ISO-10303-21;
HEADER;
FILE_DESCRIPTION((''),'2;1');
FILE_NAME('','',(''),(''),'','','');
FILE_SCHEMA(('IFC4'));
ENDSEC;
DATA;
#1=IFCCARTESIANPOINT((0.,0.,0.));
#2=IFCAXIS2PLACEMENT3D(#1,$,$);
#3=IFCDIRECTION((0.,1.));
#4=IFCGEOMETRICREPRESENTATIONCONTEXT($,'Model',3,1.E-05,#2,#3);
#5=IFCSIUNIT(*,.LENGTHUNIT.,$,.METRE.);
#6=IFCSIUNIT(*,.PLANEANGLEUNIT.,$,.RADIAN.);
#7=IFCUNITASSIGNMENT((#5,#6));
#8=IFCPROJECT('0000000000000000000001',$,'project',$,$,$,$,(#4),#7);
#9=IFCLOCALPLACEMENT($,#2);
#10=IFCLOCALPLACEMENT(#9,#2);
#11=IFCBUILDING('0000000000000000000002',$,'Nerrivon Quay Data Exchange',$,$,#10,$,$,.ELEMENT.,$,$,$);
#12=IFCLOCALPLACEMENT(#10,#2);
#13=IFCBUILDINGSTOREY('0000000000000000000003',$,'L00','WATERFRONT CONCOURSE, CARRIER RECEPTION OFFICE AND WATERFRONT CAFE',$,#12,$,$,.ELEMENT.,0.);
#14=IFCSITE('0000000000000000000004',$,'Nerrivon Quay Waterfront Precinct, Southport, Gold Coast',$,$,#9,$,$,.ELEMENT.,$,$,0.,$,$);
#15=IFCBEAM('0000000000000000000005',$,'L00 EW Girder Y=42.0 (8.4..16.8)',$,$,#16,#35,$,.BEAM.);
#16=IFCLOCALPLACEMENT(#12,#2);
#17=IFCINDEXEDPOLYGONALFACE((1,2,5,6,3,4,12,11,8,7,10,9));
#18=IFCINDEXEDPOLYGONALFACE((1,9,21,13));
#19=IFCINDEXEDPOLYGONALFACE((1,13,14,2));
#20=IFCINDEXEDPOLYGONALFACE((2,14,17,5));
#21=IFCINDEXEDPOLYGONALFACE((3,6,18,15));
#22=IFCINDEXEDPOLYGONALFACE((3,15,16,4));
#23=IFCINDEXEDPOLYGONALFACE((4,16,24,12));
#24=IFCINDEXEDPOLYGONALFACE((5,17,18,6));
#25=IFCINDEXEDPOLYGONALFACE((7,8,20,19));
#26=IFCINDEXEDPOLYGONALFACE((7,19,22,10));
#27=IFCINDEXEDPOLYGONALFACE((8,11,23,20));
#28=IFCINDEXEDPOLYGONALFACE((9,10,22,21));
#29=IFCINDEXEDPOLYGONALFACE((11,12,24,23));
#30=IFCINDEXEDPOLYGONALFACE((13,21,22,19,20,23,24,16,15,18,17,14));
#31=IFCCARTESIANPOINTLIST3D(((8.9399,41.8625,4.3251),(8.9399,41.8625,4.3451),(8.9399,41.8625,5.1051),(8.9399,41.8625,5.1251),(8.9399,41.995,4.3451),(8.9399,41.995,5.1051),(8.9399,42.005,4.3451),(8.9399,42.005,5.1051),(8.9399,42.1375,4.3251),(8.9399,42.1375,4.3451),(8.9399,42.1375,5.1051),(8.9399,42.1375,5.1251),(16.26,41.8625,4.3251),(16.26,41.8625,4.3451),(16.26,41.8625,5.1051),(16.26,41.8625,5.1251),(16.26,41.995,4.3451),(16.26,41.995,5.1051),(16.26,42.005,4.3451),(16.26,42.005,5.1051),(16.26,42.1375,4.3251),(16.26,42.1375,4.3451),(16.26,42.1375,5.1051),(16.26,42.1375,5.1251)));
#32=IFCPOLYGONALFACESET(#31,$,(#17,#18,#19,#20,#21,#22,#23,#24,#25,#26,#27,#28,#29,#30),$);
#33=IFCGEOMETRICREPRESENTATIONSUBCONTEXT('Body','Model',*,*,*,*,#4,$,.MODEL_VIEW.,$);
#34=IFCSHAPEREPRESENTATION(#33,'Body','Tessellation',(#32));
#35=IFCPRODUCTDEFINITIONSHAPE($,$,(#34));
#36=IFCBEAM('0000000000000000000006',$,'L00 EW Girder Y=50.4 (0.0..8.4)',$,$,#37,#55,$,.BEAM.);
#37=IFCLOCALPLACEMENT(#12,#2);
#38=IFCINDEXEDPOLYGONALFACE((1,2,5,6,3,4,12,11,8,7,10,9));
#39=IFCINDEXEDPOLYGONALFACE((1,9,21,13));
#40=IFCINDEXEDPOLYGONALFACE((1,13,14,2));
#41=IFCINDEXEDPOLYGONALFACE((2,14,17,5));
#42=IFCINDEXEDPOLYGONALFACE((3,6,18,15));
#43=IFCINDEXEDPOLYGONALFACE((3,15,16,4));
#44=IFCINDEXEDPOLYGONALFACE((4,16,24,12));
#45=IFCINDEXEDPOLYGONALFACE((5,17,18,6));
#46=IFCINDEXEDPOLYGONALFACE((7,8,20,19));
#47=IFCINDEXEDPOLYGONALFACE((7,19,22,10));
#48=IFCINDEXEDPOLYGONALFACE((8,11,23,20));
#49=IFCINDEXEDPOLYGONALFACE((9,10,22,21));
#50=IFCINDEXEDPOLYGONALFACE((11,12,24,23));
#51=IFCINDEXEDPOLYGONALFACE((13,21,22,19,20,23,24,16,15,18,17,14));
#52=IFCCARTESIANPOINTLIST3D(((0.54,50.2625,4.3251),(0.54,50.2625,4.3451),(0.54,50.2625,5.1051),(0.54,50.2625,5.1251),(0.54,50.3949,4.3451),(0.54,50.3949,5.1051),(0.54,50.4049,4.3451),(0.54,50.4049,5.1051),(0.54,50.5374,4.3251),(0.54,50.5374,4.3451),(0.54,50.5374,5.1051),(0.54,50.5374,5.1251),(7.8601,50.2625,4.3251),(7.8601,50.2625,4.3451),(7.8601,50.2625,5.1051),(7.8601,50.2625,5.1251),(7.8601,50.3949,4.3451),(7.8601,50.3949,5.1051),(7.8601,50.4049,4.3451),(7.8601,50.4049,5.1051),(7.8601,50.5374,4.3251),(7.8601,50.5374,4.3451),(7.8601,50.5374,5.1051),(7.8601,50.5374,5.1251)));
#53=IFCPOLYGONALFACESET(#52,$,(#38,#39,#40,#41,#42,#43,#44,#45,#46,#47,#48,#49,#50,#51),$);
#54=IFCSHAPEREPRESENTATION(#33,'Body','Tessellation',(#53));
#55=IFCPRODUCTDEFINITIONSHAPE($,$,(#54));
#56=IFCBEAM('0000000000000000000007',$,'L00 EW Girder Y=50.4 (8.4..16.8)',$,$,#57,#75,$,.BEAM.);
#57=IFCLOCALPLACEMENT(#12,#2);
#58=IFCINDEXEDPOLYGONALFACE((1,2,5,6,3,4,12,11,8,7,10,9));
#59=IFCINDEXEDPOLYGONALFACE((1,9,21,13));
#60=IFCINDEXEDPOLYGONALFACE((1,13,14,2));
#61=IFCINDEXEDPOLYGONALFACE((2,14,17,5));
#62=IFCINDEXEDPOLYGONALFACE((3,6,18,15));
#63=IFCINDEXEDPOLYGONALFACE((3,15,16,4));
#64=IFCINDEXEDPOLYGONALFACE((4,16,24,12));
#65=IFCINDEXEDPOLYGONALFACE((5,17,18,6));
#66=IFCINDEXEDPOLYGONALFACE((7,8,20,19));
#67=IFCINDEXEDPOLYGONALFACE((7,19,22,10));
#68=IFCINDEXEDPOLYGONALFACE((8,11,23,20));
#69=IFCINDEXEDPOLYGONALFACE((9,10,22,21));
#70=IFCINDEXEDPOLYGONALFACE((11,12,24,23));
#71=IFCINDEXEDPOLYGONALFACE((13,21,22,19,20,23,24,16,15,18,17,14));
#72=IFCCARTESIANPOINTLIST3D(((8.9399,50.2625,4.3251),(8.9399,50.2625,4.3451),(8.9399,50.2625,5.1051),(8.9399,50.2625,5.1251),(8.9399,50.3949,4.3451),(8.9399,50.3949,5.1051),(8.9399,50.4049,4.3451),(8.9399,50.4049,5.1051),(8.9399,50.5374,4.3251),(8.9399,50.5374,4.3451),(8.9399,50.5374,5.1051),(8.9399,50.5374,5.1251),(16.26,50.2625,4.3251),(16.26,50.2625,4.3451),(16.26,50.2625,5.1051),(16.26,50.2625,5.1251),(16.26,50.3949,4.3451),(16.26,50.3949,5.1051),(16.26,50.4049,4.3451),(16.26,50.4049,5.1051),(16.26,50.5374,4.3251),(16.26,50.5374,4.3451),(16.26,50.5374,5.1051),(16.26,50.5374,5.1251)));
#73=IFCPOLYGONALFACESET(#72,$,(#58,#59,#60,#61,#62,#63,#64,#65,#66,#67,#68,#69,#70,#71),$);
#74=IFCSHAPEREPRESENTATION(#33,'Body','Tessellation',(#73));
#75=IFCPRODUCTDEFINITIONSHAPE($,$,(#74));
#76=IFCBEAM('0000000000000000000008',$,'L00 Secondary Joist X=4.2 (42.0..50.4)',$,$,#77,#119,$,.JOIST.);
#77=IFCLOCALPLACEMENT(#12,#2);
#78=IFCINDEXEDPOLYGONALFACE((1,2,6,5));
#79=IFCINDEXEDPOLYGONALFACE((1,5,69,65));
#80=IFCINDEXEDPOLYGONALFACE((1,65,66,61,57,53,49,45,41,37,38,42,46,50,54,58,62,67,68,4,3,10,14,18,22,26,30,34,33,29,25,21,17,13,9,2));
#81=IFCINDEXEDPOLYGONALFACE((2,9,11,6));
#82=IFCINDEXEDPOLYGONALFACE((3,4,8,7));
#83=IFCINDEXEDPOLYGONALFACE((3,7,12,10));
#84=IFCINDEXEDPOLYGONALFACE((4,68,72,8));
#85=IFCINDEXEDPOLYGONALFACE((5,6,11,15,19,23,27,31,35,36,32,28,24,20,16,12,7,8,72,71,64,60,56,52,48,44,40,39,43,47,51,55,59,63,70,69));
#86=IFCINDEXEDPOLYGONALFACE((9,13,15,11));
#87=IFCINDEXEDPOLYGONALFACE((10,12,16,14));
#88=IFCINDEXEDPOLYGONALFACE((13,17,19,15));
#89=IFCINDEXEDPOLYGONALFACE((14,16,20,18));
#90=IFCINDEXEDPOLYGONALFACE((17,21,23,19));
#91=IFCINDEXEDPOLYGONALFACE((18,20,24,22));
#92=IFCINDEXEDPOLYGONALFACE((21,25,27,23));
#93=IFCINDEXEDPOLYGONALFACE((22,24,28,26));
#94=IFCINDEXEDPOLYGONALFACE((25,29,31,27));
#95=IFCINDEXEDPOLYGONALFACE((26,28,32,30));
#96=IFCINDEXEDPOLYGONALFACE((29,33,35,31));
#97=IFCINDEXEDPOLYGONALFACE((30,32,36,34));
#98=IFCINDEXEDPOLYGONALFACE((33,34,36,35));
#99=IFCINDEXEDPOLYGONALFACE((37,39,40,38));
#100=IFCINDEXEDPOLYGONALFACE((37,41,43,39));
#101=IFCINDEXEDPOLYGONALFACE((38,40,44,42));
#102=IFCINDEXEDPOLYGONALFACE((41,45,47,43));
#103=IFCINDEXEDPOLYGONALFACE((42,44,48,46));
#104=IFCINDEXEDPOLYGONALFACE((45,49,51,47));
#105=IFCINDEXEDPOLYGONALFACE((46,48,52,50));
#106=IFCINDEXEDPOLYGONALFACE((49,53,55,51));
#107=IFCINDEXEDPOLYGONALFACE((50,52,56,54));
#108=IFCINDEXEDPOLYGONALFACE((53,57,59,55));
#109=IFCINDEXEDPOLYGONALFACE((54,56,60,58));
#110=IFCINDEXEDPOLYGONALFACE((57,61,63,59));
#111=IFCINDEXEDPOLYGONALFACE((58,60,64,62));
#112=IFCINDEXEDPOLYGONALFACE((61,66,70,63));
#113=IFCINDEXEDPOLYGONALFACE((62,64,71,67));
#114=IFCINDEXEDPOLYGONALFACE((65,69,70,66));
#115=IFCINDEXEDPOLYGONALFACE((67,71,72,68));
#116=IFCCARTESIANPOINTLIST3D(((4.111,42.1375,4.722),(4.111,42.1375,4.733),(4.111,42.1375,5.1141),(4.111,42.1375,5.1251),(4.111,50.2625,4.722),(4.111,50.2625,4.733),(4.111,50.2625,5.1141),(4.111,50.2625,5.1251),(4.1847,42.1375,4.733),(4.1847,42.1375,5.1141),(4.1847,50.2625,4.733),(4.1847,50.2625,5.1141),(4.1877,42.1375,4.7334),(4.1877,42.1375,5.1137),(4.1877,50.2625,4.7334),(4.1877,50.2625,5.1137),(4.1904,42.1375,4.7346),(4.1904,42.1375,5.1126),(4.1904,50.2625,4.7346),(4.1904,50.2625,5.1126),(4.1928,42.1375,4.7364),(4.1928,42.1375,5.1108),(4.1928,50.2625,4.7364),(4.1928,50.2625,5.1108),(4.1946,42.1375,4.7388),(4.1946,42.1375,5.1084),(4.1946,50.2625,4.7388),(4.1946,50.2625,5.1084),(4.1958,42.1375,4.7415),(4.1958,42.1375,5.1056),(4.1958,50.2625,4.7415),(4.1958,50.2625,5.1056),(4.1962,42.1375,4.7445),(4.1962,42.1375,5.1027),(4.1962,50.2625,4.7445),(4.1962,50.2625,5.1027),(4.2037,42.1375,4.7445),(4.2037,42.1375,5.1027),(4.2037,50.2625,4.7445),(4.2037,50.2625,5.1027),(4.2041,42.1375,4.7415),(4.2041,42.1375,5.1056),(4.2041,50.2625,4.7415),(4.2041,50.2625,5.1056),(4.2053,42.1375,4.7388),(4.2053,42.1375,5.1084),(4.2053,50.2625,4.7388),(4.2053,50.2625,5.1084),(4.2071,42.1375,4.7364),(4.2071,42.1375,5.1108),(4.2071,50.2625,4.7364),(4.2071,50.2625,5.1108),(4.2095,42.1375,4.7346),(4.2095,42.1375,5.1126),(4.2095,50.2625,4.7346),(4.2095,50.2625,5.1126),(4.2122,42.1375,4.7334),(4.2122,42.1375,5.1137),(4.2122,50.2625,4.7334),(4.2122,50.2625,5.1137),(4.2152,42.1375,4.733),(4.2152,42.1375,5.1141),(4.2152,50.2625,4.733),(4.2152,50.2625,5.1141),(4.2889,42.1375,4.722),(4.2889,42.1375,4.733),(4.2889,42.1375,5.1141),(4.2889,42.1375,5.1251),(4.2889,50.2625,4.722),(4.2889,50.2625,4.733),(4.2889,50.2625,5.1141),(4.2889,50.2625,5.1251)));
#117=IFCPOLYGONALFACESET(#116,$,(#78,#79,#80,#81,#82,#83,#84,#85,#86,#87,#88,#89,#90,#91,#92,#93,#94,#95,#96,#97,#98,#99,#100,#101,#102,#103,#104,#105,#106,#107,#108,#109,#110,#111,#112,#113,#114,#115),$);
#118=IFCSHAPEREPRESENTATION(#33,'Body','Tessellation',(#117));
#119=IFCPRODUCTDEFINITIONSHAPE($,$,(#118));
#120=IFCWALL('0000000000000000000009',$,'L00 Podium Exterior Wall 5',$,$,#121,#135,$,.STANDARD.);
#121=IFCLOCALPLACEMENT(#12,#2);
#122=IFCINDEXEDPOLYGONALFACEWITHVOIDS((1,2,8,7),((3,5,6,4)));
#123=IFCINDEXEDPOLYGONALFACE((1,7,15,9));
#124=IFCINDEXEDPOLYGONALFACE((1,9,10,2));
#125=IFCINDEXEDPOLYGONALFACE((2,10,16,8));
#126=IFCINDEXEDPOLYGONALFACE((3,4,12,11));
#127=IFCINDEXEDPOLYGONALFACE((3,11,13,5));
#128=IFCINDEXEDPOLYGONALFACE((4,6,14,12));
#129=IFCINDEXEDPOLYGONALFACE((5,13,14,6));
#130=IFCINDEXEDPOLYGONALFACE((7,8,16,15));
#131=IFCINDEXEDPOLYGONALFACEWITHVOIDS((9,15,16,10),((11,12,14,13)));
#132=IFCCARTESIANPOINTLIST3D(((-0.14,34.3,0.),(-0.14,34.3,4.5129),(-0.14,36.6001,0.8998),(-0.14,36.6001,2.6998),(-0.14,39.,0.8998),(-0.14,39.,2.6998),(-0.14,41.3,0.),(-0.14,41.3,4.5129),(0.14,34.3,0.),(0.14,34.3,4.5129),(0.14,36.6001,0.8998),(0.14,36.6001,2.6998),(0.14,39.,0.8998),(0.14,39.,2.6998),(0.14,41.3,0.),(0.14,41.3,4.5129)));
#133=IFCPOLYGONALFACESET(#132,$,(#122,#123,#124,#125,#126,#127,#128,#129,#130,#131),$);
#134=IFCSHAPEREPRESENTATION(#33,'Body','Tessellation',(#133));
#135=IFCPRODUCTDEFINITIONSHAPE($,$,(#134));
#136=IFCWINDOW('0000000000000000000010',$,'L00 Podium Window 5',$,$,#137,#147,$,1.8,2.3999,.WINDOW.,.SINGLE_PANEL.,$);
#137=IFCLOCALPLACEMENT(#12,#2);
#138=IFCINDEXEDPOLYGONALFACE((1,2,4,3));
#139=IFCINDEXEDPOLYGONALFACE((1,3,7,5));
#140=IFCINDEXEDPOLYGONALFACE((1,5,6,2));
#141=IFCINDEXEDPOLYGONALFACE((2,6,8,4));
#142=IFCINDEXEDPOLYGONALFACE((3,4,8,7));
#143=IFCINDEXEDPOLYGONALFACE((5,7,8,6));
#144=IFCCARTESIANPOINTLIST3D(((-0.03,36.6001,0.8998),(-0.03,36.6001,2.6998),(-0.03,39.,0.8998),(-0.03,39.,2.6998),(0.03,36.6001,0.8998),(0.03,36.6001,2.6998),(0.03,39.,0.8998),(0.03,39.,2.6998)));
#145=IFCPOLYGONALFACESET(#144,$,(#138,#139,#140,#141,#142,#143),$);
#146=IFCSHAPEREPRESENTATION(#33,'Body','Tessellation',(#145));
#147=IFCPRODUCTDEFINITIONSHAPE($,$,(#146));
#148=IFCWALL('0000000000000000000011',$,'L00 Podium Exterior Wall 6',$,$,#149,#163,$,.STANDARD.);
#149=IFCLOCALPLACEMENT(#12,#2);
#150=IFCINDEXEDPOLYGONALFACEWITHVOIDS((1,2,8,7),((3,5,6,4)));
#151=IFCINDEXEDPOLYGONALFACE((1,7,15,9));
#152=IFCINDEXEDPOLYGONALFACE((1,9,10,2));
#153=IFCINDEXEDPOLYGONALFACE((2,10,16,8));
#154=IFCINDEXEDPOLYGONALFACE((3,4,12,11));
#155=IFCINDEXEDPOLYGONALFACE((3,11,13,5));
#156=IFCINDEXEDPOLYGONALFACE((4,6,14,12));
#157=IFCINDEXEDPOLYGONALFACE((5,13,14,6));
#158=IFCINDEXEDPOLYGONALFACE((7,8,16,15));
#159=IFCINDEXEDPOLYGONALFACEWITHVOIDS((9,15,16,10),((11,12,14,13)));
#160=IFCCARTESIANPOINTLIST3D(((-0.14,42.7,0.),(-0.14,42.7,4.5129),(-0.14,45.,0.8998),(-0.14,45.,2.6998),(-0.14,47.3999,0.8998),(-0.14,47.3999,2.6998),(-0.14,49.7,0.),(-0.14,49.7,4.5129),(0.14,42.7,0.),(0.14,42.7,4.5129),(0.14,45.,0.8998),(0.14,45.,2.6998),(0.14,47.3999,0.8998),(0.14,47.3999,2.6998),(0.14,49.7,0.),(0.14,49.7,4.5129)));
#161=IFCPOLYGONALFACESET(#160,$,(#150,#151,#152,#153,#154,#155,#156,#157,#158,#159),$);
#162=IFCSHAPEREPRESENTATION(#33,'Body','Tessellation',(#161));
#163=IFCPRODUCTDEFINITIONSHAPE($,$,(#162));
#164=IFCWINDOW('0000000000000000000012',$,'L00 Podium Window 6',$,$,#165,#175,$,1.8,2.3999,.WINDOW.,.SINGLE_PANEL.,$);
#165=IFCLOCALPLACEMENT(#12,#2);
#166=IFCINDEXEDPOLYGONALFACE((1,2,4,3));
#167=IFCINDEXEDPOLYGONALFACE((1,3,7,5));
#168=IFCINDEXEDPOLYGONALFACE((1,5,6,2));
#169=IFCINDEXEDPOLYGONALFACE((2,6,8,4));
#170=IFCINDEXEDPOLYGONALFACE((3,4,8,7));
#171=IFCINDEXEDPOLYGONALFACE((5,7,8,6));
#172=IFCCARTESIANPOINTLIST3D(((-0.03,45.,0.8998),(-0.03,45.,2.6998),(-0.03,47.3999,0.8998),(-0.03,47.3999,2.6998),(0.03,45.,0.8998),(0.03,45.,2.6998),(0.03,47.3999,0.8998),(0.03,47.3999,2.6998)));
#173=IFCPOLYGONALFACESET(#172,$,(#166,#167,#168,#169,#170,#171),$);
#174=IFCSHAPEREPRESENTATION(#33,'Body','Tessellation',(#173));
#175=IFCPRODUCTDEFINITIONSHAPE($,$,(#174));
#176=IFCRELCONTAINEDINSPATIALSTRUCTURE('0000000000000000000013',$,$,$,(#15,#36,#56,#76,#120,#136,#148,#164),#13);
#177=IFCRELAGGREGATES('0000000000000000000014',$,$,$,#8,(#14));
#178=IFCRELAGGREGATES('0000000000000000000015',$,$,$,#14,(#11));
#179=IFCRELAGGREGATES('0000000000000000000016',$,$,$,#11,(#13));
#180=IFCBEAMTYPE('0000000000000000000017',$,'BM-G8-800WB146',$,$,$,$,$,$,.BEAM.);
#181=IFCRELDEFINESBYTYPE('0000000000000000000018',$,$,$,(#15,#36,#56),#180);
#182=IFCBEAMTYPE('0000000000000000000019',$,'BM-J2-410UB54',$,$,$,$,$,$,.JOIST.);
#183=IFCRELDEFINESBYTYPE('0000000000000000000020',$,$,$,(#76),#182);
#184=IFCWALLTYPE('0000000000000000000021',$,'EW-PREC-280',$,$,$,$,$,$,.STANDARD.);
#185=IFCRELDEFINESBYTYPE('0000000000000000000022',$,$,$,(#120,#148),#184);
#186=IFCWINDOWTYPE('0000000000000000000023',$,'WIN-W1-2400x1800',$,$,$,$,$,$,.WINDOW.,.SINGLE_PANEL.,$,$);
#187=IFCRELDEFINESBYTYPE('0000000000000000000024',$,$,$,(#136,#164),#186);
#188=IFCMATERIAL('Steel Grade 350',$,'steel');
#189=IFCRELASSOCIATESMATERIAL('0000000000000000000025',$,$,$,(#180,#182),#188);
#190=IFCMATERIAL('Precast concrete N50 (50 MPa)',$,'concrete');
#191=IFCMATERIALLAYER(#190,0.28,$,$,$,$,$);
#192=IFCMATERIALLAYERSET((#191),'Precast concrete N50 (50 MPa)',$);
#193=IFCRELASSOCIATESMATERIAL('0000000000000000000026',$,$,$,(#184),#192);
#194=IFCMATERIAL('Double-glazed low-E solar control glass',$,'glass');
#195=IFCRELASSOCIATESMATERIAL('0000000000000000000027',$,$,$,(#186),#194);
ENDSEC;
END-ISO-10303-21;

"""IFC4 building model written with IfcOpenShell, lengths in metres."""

from ifc_helpers import new_model, si_unit, direction, frame, frame_2d, origin, origin_2d, place, context, subcontext, project, spatial, rectangle, i_section, extrude, material, layer, layer_set, material_profile, profile_set, type_object, element, fill, save


model = new_model("IFC4")

# Units and contexts
model_context = context("Model", 3, precision=1e-05, world=origin(), true_north=direction((0.0, 1.0)))
body_context = subcontext(model_context, "Body", "Model", "MODEL_VIEW")
ifc_project = project(units=[si_unit("LENGTHUNIT", "METRE"), si_unit("PLANEANGLEUNIT", "RADIAN")], contexts=[model_context])

# Site, building, storey
site_placement = place(None, origin())
site = spatial("IfcSite", under=ifc_project, at=site_placement, Name="Nerrivon Quay Waterfront Precinct, Southport, Gold Coast", CompositionType="ELEMENT", RefElevation=0.0)
building_placement = place(site_placement, origin())
building = spatial("IfcBuilding", under=site, at=building_placement, Name="Nerrivon Quay Data Exchange", CompositionType="ELEMENT")
storey_placement = place(building_placement, origin())
storey = spatial("IfcBuildingStorey", under=building, at=storey_placement, Name="L00", Description="WATERFRONT CONCOURSE, CARRIER RECEPTION OFFICE AND WATERFRONT CAFE", CompositionType="ELEMENT", Elevation=0.0)

# Beams
ifc_material_1 = material(Name="Steel Grade 350", Category="steel")
ifc_material_profile_1 = material_profile(ifc_material_1, i_section(OverallWidth=0.2749, OverallDepth=0.8, WebThickness=0.01, FlangeThickness=0.02, at=origin_2d()), Name="800WB146")
ifc_profile_set_1 = profile_set([ifc_material_profile_1], Name="Steel Grade 350")
beam_type_1 = type_object("IfcBeamType", Name="BM-G8-800WB146", PredefinedType="BEAM", material=ifc_profile_set_1)
for number, where, z_axis, x_axis, name in (
    (1, (8.9399, 42.0, 4.7251), (1.0, 0.0, 0.0), (0.0, 1.0, 0.0), "L00 EW Girder Y=42.0 (8.4..16.8)"),
    (2, (0.54, 50.3999, 4.7251), (1.0, 0.0, 0.0), (0.0, 1.0, 0.0), "L00 EW Girder Y=50.4 (0.0..8.4)"),
    (3, (8.9399, 50.3999, 4.7251), (1.0, 0.0, 0.0), (0.0, 1.0, 0.0), "L00 EW Girder Y=50.4 (8.4..16.8)"),
):
    element("IfcBeam", number, at=place(storey_placement, frame(where, z_axis=z_axis, x_axis=x_axis)), inside=storey, type_object=beam_type_1, Name=name, PredefinedType="BEAM", context=body_context, shape_type="SweptSolid", body=[
        extrude(i_section(OverallWidth=0.2749, OverallDepth=0.8, WebThickness=0.01, FlangeThickness=0.02, at=origin_2d()), origin(), (0.0, 0.0, 1.0), 7.3201),
    ])
ifc_material_profile_2 = material_profile(ifc_material_1, i_section(OverallWidth=0.178, OverallDepth=0.4031, WebThickness=0.0076, FlangeThickness=0.011, FilletRadius=0.0115, at=origin_2d()), Name="410UB53.7")
ifc_profile_set_2 = profile_set([ifc_material_profile_2], Name="Steel Grade 350")
beam_type_2 = type_object("IfcBeamType", Name="BM-J2-410UB54", PredefinedType="JOIST", material=ifc_profile_set_2)
beam_1_placement = place(storey_placement, frame((4.2, 42.1375, 4.9236), z_axis=(0.0, 1.0, 0.0), x_axis=(-1.0, 0.0, 0.0)))
element("IfcBeam", 4, at=beam_1_placement, inside=storey, type_object=beam_type_2, Name="L00 Secondary Joist X=4.2 (42.0..50.4)", PredefinedType="JOIST", context=body_context, shape_type="SweptSolid", body=[
    extrude(i_section(OverallWidth=0.178, OverallDepth=0.4031, WebThickness=0.0076, FlangeThickness=0.011, FilletRadius=0.0115, at=origin_2d()), origin(), (0.0, 0.0, 1.0), 8.125),
])

# Walls, openings, windows
ifc_material_2 = material(Name="Precast concrete N50 (50 MPa)", Category="concrete")
ifc_layer_1 = layer(ifc_material_2, 0.28)
ifc_layer_set_1 = layer_set([ifc_layer_1], Name="Precast concrete N50 (50 MPa)")
wall_type_1 = type_object("IfcWallType", Name="EW-PREC-280", PredefinedType="STANDARD", material=ifc_layer_set_1)
wall_1_placement = place(storey_placement, frame((0.0, 34.3, 0.0), z_axis=(0.0, 0.0, 1.0), x_axis=(0.0, 1.0, 0.0)))
wall_1 = element("IfcWall", 5, at=wall_1_placement, inside=storey, type_object=wall_type_1, Name="L00 Podium Exterior Wall 5", PredefinedType="STANDARD", context=body_context, shape_type="SweptSolid", body=[
    extrude(rectangle(XDim=7.0, YDim=0.28, at=frame_2d((3.5, 0.0))), origin(), (0.0, 0.0, 1.0), 4.5129),
])
opening_1_placement = place(wall_1_placement, frame((2.3, 0.0, 0.8999)))
opening_1 = element("IfcOpeningElement", 6, at=opening_1_placement, cuts=wall_1, PredefinedType="OPENING", context=body_context, shape_type="SweptSolid", body=[
    extrude(rectangle(XDim=2.3999, YDim=1.8, at=frame_2d((1.2, 0.8999))), frame((0.0, 0.1499, 0.0), z_axis=(0.0, -1.0, 0.0), x_axis=(1.0, 0.0, 0.0)), (0.0, 0.0, 1.0), 0.3),
])
ifc_material_3 = material(Name="Double-glazed low-E solar control glass", Category="glass")
window_type = type_object("IfcWindowType", Name="WIN-W1-2400x1800", PartitioningType="SINGLE_PANEL", PredefinedType="WINDOW", material=ifc_material_3)
window_1_placement = place(opening_1_placement, origin())
window_1 = element("IfcWindow", 7, at=window_1_placement, inside=storey, type_object=window_type, Name="L00 Podium Window 5", OverallHeight=1.8, OverallWidth=2.3999, PartitioningType="SINGLE_PANEL", PredefinedType="WINDOW", context=body_context, shape_type="SweptSolid", body=[
    extrude(rectangle(XDim=2.3999, YDim=1.8, at=frame_2d((1.2, 0.8999))), frame((0.0, 0.03, 0.0), z_axis=(0.0, -1.0, 0.0), x_axis=(1.0, 0.0, 0.0)), (0.0, 0.0, 1.0), 0.0601),
])
fill(opening_1, window_1)
wall_2_placement = place(storey_placement, frame((0.0, 42.7, 0.0), z_axis=(0.0, 0.0, 1.0), x_axis=(0.0, 1.0, 0.0)))
wall_2 = element("IfcWall", 8, at=wall_2_placement, inside=storey, type_object=wall_type_1, Name="L00 Podium Exterior Wall 6", PredefinedType="STANDARD", context=body_context, shape_type="SweptSolid", body=[
    extrude(rectangle(XDim=7.0, YDim=0.28, at=frame_2d((3.5, 0.0))), origin(), (0.0, 0.0, 1.0), 4.5129),
])
opening_2_placement = place(wall_2_placement, frame((2.3, 0.0, 0.8999)))
opening_2 = element("IfcOpeningElement", 9, at=opening_2_placement, cuts=wall_2, PredefinedType="OPENING", context=body_context, shape_type="SweptSolid", body=[
    extrude(rectangle(XDim=2.3999, YDim=1.8, at=frame_2d((1.2, 0.8999))), frame((0.0, 0.1499, 0.0), z_axis=(0.0, -1.0, 0.0), x_axis=(1.0, 0.0, 0.0)), (0.0, 0.0, 1.0), 0.3),
])
window_2_placement = place(opening_2_placement, origin())
window_2 = element("IfcWindow", 10, at=window_2_placement, inside=storey, type_object=window_type, Name="L00 Podium Window 6", OverallHeight=1.8, OverallWidth=2.3999, PartitioningType="SINGLE_PANEL", PredefinedType="WINDOW", context=body_context, shape_type="SweptSolid", body=[
    extrude(rectangle(XDim=2.3999, YDim=1.8, at=frame_2d((1.2, 0.8999))), frame((0.0, 0.03, 0.0), z_axis=(0.0, -1.0, 0.0), x_axis=(1.0, 0.0, 0.0)), (0.0, 0.0, 1.0), 0.0601),
])
fill(opening_2, window_2)

save(model, "model.ifc")
